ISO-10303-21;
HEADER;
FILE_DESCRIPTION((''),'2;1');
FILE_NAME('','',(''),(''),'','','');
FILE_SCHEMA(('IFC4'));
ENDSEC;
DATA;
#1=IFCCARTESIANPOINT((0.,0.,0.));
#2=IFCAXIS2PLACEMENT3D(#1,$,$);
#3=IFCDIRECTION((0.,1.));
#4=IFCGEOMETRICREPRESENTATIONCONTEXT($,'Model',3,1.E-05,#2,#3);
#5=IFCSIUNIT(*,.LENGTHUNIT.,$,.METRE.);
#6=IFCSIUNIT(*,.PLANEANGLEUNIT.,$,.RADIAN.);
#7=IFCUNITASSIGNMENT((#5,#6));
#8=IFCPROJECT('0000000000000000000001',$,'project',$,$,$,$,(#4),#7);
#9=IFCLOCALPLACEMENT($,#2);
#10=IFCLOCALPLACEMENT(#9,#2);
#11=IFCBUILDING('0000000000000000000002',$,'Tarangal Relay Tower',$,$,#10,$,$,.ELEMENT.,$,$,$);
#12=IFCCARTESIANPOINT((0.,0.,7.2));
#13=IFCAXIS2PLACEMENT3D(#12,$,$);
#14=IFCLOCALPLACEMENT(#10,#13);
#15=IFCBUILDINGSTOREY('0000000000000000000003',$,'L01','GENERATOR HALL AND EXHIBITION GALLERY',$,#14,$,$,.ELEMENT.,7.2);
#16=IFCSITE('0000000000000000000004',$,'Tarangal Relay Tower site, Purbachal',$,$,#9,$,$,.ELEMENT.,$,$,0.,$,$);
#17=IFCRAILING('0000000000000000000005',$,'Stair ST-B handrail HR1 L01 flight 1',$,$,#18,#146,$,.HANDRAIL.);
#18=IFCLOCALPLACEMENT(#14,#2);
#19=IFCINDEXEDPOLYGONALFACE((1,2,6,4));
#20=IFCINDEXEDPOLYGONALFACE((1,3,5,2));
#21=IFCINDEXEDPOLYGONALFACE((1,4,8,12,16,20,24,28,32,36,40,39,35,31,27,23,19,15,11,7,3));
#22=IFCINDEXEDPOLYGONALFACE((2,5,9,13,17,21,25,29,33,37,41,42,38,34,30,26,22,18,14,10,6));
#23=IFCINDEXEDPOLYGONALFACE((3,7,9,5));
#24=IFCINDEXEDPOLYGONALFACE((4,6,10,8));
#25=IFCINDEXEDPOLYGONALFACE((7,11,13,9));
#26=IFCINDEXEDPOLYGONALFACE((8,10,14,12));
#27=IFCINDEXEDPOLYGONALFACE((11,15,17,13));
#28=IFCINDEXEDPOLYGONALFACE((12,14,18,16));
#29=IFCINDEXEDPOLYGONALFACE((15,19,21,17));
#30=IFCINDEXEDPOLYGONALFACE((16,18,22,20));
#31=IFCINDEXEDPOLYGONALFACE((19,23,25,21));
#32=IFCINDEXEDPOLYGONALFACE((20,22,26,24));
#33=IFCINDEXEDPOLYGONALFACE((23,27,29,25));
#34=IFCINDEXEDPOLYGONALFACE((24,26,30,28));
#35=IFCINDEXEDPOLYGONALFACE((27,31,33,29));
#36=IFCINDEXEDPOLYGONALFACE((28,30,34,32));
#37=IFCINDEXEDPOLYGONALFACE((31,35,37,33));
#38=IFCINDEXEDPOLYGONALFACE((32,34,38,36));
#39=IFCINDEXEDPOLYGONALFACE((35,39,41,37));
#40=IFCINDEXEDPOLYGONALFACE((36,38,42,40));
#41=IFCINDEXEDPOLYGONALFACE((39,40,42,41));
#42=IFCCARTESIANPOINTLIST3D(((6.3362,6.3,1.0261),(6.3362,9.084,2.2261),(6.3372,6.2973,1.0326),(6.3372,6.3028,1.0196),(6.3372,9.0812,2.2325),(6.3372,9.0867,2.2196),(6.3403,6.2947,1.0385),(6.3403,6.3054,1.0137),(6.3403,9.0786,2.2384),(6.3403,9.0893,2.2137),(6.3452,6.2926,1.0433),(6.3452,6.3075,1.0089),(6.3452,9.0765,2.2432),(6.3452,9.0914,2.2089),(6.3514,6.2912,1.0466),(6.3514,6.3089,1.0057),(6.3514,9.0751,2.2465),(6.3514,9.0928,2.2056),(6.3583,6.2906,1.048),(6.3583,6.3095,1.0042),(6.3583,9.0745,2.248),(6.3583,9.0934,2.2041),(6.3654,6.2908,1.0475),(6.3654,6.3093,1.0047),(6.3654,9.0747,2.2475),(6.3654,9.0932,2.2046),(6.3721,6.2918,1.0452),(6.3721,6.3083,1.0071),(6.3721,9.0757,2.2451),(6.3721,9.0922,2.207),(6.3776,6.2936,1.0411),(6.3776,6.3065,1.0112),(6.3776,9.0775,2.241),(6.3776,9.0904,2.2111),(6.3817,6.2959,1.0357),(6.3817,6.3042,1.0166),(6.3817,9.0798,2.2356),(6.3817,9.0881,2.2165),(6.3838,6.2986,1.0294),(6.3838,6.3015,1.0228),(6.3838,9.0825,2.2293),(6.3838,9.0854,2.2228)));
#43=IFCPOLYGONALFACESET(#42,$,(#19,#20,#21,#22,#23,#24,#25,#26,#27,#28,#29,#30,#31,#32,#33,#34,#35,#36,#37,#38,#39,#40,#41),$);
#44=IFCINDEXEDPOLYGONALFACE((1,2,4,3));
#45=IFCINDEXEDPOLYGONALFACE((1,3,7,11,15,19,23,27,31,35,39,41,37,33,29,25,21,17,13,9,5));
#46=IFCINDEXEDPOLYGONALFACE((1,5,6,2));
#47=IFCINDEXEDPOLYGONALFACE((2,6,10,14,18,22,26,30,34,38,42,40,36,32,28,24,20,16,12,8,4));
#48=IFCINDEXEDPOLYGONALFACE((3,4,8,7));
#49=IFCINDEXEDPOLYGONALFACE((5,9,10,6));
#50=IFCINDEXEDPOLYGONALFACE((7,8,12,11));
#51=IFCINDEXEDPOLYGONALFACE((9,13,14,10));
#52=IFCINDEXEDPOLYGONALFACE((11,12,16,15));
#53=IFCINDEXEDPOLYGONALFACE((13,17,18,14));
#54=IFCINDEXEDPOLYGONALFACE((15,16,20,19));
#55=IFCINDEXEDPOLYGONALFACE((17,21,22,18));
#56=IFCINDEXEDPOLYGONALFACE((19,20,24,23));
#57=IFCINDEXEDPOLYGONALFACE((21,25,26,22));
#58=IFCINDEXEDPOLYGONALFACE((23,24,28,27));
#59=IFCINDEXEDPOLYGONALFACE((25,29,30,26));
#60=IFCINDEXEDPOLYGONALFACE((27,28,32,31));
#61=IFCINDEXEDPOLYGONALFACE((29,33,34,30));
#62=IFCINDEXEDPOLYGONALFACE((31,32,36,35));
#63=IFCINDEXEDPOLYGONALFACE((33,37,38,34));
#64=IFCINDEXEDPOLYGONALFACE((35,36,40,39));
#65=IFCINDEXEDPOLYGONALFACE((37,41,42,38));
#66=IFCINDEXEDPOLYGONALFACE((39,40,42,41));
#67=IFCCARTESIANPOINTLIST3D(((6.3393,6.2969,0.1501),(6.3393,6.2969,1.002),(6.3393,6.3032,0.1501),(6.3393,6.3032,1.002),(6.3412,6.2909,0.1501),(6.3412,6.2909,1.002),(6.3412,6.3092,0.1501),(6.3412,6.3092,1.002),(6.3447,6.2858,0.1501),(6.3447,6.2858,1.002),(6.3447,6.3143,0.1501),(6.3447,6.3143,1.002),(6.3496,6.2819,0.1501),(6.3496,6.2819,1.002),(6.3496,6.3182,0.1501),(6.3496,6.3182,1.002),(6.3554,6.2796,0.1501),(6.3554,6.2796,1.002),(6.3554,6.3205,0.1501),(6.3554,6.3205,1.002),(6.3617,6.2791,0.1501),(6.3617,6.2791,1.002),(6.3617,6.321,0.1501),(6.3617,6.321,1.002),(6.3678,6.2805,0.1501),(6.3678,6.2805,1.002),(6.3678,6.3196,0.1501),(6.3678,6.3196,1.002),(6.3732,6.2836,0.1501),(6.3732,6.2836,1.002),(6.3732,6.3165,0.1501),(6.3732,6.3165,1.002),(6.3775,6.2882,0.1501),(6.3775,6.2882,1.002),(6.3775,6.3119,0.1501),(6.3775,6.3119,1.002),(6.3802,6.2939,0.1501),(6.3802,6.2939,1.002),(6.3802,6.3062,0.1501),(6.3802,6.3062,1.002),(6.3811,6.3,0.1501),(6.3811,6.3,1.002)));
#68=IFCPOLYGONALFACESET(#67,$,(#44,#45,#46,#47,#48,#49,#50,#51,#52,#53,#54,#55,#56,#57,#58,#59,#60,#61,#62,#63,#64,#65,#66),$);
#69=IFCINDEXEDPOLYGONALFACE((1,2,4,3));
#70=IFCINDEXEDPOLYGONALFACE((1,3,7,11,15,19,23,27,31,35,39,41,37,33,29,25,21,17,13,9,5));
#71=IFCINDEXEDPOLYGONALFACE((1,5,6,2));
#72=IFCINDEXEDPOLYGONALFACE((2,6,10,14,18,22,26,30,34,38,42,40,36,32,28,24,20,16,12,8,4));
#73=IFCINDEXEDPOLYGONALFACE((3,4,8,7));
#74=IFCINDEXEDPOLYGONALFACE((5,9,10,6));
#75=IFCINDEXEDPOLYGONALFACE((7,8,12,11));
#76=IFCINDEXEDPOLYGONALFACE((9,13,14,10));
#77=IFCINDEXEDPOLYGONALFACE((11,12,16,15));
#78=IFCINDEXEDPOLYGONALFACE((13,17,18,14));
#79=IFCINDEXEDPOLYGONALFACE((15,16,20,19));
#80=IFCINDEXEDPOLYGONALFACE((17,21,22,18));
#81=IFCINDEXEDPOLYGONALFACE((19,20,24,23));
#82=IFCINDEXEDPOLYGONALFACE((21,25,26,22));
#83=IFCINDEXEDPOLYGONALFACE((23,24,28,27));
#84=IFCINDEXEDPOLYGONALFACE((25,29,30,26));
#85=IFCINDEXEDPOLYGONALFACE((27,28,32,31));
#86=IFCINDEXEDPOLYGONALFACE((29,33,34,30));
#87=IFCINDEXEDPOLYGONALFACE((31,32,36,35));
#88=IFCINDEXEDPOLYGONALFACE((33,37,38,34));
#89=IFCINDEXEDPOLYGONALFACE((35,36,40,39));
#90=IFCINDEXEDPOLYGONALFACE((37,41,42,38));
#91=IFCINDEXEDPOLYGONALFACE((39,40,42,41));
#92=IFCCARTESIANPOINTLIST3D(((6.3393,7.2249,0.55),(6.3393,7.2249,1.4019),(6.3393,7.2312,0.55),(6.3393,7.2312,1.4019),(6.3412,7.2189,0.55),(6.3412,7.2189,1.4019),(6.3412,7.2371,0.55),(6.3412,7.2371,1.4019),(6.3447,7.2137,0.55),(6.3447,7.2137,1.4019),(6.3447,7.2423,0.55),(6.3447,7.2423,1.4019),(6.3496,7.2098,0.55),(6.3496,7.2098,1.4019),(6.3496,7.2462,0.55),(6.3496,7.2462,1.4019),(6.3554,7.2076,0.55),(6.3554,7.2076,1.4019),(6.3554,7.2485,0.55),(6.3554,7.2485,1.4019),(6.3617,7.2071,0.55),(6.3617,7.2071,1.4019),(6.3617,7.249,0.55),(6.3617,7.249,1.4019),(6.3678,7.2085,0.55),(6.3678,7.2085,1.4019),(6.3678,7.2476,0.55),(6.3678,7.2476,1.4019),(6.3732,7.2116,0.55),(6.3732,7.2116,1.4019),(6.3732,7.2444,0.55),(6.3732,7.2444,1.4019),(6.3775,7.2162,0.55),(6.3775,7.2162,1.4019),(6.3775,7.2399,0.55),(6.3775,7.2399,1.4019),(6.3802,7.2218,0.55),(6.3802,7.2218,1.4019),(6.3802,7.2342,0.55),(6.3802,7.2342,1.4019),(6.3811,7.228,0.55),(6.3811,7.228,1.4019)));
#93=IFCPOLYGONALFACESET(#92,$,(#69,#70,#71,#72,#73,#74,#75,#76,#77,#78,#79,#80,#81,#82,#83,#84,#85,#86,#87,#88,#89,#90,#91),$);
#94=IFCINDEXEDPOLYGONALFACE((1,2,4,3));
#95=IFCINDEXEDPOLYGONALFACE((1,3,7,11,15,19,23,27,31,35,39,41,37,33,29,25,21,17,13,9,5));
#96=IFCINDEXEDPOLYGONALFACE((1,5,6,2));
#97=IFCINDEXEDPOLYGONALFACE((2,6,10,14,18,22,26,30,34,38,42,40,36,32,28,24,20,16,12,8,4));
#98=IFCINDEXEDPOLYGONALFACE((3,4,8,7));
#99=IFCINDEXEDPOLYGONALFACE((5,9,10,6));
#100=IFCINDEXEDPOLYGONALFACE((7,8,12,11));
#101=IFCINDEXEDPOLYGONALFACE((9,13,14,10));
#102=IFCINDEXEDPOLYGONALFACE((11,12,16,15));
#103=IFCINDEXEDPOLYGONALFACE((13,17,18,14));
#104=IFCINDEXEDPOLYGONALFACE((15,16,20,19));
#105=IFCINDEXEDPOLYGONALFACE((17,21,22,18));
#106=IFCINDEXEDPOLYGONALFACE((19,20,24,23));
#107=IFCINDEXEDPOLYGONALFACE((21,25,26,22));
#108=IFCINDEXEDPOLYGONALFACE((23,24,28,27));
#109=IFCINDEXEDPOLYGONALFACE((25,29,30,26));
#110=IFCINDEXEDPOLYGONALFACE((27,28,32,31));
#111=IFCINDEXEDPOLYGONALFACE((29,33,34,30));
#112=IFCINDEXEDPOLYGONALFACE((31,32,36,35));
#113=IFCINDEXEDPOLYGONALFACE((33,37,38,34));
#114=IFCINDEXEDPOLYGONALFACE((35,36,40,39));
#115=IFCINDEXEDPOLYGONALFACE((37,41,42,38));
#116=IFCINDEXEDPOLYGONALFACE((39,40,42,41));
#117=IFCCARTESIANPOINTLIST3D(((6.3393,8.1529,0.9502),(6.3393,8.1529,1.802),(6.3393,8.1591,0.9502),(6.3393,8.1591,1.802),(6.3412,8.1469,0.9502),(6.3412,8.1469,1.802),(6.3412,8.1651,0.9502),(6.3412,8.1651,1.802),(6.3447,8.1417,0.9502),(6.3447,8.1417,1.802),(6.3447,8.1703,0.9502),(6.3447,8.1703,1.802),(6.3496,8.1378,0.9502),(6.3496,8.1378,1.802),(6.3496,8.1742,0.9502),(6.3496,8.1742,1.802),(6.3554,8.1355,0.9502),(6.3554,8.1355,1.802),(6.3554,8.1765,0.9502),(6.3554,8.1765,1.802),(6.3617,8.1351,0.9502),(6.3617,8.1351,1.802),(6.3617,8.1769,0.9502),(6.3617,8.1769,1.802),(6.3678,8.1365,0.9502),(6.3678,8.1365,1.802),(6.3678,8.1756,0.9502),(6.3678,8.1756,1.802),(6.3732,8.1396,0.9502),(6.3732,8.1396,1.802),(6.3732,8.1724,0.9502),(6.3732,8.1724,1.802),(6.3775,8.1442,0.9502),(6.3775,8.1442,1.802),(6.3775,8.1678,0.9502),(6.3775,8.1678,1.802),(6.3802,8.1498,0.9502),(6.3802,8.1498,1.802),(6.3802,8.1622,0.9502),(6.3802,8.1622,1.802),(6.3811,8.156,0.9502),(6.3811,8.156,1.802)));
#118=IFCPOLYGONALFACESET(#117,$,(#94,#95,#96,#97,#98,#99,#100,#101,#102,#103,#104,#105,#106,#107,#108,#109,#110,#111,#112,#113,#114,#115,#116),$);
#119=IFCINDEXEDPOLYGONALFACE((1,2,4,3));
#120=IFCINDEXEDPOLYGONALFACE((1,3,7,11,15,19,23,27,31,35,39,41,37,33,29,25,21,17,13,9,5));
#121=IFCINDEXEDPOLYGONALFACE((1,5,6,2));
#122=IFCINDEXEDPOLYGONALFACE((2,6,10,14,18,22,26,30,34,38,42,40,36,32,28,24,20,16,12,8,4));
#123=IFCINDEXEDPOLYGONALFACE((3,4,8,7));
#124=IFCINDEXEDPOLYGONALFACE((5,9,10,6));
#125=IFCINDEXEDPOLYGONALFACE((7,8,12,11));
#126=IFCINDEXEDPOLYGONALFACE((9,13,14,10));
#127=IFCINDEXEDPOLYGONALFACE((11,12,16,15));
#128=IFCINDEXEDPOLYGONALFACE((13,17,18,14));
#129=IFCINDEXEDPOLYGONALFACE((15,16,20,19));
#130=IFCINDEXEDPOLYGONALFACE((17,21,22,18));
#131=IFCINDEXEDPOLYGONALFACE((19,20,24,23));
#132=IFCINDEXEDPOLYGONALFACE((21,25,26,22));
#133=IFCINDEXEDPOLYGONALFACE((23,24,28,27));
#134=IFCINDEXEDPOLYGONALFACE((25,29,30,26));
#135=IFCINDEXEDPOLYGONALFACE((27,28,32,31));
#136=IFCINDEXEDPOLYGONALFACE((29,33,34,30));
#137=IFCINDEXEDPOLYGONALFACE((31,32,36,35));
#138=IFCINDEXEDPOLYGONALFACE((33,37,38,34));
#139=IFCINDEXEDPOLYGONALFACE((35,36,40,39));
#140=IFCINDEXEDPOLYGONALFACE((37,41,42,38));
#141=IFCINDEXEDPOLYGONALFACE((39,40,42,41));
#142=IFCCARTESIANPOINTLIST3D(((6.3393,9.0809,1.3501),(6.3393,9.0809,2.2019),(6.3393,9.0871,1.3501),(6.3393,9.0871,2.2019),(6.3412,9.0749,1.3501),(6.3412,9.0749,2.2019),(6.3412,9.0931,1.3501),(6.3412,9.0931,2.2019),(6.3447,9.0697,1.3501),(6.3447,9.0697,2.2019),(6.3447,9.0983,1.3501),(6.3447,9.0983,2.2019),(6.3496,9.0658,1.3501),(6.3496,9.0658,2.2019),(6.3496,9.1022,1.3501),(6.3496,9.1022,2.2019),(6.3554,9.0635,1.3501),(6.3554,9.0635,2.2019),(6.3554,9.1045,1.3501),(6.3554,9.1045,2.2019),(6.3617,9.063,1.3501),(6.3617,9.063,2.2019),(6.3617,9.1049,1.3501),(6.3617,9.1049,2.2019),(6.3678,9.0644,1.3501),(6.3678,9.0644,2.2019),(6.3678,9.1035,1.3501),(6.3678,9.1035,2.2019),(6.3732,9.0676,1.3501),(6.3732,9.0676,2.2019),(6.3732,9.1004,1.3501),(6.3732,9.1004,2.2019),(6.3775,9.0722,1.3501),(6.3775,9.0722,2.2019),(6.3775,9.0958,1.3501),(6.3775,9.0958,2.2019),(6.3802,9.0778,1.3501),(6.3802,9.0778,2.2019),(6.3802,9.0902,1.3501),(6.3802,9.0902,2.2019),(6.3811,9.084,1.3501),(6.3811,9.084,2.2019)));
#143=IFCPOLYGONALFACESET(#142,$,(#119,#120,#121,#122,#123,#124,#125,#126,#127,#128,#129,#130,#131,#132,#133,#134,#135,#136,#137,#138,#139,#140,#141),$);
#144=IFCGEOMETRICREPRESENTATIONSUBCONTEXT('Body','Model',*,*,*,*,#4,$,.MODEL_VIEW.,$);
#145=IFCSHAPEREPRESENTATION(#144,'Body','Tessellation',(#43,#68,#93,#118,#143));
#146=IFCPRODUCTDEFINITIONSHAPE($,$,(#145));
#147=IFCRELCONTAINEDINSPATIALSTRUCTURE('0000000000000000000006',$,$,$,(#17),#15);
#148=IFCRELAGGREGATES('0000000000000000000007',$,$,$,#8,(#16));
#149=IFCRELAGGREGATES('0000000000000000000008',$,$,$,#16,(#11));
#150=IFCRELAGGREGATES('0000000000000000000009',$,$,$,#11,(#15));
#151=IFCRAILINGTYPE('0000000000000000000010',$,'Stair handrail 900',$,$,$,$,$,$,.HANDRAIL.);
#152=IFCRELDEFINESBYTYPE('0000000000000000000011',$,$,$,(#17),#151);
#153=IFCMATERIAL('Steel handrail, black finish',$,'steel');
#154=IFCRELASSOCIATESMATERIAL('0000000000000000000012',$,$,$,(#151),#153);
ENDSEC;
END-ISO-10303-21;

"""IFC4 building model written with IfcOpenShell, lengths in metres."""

from ifc_helpers import new_model, si_unit, direction, frame, origin, origin_2d, place, context, subcontext, project, spatial, circle, extrude, material, type_object, element, save


model = new_model("IFC4")

# Units and contexts
model_context = context("Model", 3, precision=1e-05, world=origin(), true_north=direction((0.0, 1.0)))
body_context = subcontext(model_context, "Body", "Model", "MODEL_VIEW")
ifc_project = project(units=[si_unit("LENGTHUNIT", "METRE"), si_unit("PLANEANGLEUNIT", "RADIAN")], contexts=[model_context])

# Site, building, storey
site_placement = place(None, origin())
site = spatial("IfcSite", under=ifc_project, at=site_placement, Name="Tarangal Relay Tower site, Purbachal", CompositionType="ELEMENT", RefElevation=0.0)
building_placement = place(site_placement, origin())
building = spatial("IfcBuilding", under=site, at=building_placement, Name="Tarangal Relay Tower", CompositionType="ELEMENT")
storey_placement = place(building_placement, frame((0.0, 0.0, 7.2)))
storey = spatial("IfcBuildingStorey", under=building, at=storey_placement, Name="L01", Description="GENERATOR HALL AND EXHIBITION GALLERY", CompositionType="ELEMENT", Elevation=7.2)

# Railing
ifc_material_1 = material(Name="Steel handrail, black finish", Category="steel")
railing_type_1 = type_object("IfcRailingType", Name="Stair handrail 900", PredefinedType="HANDRAIL", material=ifc_material_1)
railing_1_placement = place(storey_placement, frame((6.3601, 6.3, 0.1501)))
element("IfcRailing", 1, at=railing_1_placement, inside=storey, type_object=railing_type_1, Name="Stair ST-B handrail HR1 L01 flight 1", PredefinedType="HANDRAIL", context=body_context, shape_type="SweptSolid", body=[
    extrude(circle(Radius=0.0239, at=origin_2d()), frame((0.0, 0.0, 0.876), z_axis=(0.0, 0.918327, 0.395823), x_axis=(-1.0, 0.0, 0.0)), (0.0, 0.0, 1.0), 3.0315),
    extrude(circle(Radius=0.021, at=origin_2d()), origin(), (0.0, 0.0, 1.0), 0.8518),
    extrude(circle(Radius=0.021, at=origin_2d()), frame((0.0, 0.928, 0.3999)), (0.0, 0.0, 1.0), 0.8518),
    extrude(circle(Radius=0.021, at=origin_2d()), frame((0.0, 1.856, 0.8)), (0.0, 0.0, 1.0), 0.8518),
    extrude(circle(Radius=0.021, at=origin_2d()), frame((0.0, 2.7839, 1.2)), (0.0, 0.0, 1.0), 0.8518),
])

save(model, "model.ifc")
